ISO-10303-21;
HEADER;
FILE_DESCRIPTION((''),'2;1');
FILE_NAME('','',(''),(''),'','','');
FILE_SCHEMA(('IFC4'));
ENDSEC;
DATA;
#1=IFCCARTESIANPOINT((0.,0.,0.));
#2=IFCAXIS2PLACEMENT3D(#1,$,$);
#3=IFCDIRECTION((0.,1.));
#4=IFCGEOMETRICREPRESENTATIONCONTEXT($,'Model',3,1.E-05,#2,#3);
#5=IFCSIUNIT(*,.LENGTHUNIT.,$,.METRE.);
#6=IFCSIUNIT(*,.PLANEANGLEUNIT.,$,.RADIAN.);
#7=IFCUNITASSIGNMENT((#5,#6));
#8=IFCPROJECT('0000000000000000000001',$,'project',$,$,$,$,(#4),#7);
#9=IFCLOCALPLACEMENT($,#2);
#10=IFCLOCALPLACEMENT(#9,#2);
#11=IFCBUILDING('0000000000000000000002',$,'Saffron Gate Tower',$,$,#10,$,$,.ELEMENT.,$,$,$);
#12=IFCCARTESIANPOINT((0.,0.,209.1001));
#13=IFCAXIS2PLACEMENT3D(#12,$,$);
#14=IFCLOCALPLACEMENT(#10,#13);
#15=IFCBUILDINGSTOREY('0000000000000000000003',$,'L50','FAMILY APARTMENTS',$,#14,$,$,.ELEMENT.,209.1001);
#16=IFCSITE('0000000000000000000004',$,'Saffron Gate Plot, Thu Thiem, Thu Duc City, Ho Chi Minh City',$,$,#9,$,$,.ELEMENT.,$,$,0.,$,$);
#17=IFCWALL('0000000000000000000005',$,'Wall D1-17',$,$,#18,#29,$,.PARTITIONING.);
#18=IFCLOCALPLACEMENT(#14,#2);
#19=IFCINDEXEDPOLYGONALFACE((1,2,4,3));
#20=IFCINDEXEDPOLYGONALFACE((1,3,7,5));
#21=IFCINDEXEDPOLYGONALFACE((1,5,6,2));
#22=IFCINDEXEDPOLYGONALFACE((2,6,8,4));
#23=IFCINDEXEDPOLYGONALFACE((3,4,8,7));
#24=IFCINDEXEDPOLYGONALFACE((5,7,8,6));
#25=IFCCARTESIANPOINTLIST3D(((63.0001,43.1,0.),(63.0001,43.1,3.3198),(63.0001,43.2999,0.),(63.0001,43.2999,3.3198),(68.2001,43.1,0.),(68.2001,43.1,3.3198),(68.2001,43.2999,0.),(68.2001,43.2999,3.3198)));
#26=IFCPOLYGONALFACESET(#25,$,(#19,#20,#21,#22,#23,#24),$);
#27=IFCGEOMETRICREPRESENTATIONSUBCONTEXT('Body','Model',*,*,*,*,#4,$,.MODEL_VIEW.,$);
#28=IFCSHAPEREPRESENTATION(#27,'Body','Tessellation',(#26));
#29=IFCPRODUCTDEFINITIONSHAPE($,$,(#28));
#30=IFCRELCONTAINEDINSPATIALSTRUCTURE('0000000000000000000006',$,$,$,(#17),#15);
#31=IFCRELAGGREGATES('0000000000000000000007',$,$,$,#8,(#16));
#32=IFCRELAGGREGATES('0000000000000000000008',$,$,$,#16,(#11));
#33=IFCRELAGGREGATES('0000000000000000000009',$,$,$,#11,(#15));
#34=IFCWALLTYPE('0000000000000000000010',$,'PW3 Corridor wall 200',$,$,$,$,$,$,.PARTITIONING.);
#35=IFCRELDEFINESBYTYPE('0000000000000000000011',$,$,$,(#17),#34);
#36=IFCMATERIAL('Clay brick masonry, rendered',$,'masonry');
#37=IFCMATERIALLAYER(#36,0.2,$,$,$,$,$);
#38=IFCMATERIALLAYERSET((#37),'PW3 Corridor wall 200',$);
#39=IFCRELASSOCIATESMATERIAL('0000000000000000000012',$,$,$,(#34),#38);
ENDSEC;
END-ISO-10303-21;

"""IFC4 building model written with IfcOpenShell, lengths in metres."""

from ifc_helpers import new_model, si_unit, direction, frame, frame_2d, origin, place, context, subcontext, project, spatial, rectangle, extrude, material, layer, layer_set, type_object, element, save


model = new_model("IFC4")

# Units and contexts
model_context = context("Model", 3, precision=1e-05, world=origin(), true_north=direction((0.0, 1.0)))
body_context = subcontext(model_context, "Body", "Model", "MODEL_VIEW")
ifc_project = project(units=[si_unit("LENGTHUNIT", "METRE"), si_unit("PLANEANGLEUNIT", "RADIAN")], contexts=[model_context])

# Site, building, storey
site_placement = place(None, origin())
site = spatial("IfcSite", under=ifc_project, at=site_placement, Name="Saffron Gate Plot, Thu Thiem, Thu Duc City, Ho Chi Minh City", CompositionType="ELEMENT", RefElevation=0.0)
building_placement = place(site_placement, origin())
building = spatial("IfcBuilding", under=site, at=building_placement, Name="Saffron Gate Tower", CompositionType="ELEMENT")
storey_placement = place(building_placement, frame((0.0, 0.0, 209.1001)))
storey = spatial("IfcBuildingStorey", under=building, at=storey_placement, Name="L50", Description="FAMILY APARTMENTS", CompositionType="ELEMENT", Elevation=209.1001)

# Shared definitions
ifc_material_1 = material(Name="Clay brick masonry, rendered", Category="masonry")
ifc_layer_1 = layer(ifc_material_1, 0.2)
ifc_layer_set_1 = layer_set([ifc_layer_1], Name="PW3 Corridor wall 200")
wall_type_1 = type_object("IfcWallType", Name="PW3 Corridor wall 200", PredefinedType="PARTITIONING", material=ifc_layer_set_1)

# Wall
wall_1_placement = place(storey_placement, frame((63.0, 43.2, 0.0), z_axis=(0.0, 0.0, 1.0), x_axis=(1.0, 0.0, 0.0)))
element("IfcWall", 1, at=wall_1_placement, inside=storey, type_object=wall_type_1, Name="Wall D1-17", PredefinedType="PARTITIONING", context=body_context, shape_type="SweptSolid", body=[
    extrude(rectangle(XDim=5.2, YDim=0.2, at=frame_2d((2.6001, 0.0))), origin(), (0.0, 0.0, 1.0), 3.3198),
])

save(model, "model.ifc")
